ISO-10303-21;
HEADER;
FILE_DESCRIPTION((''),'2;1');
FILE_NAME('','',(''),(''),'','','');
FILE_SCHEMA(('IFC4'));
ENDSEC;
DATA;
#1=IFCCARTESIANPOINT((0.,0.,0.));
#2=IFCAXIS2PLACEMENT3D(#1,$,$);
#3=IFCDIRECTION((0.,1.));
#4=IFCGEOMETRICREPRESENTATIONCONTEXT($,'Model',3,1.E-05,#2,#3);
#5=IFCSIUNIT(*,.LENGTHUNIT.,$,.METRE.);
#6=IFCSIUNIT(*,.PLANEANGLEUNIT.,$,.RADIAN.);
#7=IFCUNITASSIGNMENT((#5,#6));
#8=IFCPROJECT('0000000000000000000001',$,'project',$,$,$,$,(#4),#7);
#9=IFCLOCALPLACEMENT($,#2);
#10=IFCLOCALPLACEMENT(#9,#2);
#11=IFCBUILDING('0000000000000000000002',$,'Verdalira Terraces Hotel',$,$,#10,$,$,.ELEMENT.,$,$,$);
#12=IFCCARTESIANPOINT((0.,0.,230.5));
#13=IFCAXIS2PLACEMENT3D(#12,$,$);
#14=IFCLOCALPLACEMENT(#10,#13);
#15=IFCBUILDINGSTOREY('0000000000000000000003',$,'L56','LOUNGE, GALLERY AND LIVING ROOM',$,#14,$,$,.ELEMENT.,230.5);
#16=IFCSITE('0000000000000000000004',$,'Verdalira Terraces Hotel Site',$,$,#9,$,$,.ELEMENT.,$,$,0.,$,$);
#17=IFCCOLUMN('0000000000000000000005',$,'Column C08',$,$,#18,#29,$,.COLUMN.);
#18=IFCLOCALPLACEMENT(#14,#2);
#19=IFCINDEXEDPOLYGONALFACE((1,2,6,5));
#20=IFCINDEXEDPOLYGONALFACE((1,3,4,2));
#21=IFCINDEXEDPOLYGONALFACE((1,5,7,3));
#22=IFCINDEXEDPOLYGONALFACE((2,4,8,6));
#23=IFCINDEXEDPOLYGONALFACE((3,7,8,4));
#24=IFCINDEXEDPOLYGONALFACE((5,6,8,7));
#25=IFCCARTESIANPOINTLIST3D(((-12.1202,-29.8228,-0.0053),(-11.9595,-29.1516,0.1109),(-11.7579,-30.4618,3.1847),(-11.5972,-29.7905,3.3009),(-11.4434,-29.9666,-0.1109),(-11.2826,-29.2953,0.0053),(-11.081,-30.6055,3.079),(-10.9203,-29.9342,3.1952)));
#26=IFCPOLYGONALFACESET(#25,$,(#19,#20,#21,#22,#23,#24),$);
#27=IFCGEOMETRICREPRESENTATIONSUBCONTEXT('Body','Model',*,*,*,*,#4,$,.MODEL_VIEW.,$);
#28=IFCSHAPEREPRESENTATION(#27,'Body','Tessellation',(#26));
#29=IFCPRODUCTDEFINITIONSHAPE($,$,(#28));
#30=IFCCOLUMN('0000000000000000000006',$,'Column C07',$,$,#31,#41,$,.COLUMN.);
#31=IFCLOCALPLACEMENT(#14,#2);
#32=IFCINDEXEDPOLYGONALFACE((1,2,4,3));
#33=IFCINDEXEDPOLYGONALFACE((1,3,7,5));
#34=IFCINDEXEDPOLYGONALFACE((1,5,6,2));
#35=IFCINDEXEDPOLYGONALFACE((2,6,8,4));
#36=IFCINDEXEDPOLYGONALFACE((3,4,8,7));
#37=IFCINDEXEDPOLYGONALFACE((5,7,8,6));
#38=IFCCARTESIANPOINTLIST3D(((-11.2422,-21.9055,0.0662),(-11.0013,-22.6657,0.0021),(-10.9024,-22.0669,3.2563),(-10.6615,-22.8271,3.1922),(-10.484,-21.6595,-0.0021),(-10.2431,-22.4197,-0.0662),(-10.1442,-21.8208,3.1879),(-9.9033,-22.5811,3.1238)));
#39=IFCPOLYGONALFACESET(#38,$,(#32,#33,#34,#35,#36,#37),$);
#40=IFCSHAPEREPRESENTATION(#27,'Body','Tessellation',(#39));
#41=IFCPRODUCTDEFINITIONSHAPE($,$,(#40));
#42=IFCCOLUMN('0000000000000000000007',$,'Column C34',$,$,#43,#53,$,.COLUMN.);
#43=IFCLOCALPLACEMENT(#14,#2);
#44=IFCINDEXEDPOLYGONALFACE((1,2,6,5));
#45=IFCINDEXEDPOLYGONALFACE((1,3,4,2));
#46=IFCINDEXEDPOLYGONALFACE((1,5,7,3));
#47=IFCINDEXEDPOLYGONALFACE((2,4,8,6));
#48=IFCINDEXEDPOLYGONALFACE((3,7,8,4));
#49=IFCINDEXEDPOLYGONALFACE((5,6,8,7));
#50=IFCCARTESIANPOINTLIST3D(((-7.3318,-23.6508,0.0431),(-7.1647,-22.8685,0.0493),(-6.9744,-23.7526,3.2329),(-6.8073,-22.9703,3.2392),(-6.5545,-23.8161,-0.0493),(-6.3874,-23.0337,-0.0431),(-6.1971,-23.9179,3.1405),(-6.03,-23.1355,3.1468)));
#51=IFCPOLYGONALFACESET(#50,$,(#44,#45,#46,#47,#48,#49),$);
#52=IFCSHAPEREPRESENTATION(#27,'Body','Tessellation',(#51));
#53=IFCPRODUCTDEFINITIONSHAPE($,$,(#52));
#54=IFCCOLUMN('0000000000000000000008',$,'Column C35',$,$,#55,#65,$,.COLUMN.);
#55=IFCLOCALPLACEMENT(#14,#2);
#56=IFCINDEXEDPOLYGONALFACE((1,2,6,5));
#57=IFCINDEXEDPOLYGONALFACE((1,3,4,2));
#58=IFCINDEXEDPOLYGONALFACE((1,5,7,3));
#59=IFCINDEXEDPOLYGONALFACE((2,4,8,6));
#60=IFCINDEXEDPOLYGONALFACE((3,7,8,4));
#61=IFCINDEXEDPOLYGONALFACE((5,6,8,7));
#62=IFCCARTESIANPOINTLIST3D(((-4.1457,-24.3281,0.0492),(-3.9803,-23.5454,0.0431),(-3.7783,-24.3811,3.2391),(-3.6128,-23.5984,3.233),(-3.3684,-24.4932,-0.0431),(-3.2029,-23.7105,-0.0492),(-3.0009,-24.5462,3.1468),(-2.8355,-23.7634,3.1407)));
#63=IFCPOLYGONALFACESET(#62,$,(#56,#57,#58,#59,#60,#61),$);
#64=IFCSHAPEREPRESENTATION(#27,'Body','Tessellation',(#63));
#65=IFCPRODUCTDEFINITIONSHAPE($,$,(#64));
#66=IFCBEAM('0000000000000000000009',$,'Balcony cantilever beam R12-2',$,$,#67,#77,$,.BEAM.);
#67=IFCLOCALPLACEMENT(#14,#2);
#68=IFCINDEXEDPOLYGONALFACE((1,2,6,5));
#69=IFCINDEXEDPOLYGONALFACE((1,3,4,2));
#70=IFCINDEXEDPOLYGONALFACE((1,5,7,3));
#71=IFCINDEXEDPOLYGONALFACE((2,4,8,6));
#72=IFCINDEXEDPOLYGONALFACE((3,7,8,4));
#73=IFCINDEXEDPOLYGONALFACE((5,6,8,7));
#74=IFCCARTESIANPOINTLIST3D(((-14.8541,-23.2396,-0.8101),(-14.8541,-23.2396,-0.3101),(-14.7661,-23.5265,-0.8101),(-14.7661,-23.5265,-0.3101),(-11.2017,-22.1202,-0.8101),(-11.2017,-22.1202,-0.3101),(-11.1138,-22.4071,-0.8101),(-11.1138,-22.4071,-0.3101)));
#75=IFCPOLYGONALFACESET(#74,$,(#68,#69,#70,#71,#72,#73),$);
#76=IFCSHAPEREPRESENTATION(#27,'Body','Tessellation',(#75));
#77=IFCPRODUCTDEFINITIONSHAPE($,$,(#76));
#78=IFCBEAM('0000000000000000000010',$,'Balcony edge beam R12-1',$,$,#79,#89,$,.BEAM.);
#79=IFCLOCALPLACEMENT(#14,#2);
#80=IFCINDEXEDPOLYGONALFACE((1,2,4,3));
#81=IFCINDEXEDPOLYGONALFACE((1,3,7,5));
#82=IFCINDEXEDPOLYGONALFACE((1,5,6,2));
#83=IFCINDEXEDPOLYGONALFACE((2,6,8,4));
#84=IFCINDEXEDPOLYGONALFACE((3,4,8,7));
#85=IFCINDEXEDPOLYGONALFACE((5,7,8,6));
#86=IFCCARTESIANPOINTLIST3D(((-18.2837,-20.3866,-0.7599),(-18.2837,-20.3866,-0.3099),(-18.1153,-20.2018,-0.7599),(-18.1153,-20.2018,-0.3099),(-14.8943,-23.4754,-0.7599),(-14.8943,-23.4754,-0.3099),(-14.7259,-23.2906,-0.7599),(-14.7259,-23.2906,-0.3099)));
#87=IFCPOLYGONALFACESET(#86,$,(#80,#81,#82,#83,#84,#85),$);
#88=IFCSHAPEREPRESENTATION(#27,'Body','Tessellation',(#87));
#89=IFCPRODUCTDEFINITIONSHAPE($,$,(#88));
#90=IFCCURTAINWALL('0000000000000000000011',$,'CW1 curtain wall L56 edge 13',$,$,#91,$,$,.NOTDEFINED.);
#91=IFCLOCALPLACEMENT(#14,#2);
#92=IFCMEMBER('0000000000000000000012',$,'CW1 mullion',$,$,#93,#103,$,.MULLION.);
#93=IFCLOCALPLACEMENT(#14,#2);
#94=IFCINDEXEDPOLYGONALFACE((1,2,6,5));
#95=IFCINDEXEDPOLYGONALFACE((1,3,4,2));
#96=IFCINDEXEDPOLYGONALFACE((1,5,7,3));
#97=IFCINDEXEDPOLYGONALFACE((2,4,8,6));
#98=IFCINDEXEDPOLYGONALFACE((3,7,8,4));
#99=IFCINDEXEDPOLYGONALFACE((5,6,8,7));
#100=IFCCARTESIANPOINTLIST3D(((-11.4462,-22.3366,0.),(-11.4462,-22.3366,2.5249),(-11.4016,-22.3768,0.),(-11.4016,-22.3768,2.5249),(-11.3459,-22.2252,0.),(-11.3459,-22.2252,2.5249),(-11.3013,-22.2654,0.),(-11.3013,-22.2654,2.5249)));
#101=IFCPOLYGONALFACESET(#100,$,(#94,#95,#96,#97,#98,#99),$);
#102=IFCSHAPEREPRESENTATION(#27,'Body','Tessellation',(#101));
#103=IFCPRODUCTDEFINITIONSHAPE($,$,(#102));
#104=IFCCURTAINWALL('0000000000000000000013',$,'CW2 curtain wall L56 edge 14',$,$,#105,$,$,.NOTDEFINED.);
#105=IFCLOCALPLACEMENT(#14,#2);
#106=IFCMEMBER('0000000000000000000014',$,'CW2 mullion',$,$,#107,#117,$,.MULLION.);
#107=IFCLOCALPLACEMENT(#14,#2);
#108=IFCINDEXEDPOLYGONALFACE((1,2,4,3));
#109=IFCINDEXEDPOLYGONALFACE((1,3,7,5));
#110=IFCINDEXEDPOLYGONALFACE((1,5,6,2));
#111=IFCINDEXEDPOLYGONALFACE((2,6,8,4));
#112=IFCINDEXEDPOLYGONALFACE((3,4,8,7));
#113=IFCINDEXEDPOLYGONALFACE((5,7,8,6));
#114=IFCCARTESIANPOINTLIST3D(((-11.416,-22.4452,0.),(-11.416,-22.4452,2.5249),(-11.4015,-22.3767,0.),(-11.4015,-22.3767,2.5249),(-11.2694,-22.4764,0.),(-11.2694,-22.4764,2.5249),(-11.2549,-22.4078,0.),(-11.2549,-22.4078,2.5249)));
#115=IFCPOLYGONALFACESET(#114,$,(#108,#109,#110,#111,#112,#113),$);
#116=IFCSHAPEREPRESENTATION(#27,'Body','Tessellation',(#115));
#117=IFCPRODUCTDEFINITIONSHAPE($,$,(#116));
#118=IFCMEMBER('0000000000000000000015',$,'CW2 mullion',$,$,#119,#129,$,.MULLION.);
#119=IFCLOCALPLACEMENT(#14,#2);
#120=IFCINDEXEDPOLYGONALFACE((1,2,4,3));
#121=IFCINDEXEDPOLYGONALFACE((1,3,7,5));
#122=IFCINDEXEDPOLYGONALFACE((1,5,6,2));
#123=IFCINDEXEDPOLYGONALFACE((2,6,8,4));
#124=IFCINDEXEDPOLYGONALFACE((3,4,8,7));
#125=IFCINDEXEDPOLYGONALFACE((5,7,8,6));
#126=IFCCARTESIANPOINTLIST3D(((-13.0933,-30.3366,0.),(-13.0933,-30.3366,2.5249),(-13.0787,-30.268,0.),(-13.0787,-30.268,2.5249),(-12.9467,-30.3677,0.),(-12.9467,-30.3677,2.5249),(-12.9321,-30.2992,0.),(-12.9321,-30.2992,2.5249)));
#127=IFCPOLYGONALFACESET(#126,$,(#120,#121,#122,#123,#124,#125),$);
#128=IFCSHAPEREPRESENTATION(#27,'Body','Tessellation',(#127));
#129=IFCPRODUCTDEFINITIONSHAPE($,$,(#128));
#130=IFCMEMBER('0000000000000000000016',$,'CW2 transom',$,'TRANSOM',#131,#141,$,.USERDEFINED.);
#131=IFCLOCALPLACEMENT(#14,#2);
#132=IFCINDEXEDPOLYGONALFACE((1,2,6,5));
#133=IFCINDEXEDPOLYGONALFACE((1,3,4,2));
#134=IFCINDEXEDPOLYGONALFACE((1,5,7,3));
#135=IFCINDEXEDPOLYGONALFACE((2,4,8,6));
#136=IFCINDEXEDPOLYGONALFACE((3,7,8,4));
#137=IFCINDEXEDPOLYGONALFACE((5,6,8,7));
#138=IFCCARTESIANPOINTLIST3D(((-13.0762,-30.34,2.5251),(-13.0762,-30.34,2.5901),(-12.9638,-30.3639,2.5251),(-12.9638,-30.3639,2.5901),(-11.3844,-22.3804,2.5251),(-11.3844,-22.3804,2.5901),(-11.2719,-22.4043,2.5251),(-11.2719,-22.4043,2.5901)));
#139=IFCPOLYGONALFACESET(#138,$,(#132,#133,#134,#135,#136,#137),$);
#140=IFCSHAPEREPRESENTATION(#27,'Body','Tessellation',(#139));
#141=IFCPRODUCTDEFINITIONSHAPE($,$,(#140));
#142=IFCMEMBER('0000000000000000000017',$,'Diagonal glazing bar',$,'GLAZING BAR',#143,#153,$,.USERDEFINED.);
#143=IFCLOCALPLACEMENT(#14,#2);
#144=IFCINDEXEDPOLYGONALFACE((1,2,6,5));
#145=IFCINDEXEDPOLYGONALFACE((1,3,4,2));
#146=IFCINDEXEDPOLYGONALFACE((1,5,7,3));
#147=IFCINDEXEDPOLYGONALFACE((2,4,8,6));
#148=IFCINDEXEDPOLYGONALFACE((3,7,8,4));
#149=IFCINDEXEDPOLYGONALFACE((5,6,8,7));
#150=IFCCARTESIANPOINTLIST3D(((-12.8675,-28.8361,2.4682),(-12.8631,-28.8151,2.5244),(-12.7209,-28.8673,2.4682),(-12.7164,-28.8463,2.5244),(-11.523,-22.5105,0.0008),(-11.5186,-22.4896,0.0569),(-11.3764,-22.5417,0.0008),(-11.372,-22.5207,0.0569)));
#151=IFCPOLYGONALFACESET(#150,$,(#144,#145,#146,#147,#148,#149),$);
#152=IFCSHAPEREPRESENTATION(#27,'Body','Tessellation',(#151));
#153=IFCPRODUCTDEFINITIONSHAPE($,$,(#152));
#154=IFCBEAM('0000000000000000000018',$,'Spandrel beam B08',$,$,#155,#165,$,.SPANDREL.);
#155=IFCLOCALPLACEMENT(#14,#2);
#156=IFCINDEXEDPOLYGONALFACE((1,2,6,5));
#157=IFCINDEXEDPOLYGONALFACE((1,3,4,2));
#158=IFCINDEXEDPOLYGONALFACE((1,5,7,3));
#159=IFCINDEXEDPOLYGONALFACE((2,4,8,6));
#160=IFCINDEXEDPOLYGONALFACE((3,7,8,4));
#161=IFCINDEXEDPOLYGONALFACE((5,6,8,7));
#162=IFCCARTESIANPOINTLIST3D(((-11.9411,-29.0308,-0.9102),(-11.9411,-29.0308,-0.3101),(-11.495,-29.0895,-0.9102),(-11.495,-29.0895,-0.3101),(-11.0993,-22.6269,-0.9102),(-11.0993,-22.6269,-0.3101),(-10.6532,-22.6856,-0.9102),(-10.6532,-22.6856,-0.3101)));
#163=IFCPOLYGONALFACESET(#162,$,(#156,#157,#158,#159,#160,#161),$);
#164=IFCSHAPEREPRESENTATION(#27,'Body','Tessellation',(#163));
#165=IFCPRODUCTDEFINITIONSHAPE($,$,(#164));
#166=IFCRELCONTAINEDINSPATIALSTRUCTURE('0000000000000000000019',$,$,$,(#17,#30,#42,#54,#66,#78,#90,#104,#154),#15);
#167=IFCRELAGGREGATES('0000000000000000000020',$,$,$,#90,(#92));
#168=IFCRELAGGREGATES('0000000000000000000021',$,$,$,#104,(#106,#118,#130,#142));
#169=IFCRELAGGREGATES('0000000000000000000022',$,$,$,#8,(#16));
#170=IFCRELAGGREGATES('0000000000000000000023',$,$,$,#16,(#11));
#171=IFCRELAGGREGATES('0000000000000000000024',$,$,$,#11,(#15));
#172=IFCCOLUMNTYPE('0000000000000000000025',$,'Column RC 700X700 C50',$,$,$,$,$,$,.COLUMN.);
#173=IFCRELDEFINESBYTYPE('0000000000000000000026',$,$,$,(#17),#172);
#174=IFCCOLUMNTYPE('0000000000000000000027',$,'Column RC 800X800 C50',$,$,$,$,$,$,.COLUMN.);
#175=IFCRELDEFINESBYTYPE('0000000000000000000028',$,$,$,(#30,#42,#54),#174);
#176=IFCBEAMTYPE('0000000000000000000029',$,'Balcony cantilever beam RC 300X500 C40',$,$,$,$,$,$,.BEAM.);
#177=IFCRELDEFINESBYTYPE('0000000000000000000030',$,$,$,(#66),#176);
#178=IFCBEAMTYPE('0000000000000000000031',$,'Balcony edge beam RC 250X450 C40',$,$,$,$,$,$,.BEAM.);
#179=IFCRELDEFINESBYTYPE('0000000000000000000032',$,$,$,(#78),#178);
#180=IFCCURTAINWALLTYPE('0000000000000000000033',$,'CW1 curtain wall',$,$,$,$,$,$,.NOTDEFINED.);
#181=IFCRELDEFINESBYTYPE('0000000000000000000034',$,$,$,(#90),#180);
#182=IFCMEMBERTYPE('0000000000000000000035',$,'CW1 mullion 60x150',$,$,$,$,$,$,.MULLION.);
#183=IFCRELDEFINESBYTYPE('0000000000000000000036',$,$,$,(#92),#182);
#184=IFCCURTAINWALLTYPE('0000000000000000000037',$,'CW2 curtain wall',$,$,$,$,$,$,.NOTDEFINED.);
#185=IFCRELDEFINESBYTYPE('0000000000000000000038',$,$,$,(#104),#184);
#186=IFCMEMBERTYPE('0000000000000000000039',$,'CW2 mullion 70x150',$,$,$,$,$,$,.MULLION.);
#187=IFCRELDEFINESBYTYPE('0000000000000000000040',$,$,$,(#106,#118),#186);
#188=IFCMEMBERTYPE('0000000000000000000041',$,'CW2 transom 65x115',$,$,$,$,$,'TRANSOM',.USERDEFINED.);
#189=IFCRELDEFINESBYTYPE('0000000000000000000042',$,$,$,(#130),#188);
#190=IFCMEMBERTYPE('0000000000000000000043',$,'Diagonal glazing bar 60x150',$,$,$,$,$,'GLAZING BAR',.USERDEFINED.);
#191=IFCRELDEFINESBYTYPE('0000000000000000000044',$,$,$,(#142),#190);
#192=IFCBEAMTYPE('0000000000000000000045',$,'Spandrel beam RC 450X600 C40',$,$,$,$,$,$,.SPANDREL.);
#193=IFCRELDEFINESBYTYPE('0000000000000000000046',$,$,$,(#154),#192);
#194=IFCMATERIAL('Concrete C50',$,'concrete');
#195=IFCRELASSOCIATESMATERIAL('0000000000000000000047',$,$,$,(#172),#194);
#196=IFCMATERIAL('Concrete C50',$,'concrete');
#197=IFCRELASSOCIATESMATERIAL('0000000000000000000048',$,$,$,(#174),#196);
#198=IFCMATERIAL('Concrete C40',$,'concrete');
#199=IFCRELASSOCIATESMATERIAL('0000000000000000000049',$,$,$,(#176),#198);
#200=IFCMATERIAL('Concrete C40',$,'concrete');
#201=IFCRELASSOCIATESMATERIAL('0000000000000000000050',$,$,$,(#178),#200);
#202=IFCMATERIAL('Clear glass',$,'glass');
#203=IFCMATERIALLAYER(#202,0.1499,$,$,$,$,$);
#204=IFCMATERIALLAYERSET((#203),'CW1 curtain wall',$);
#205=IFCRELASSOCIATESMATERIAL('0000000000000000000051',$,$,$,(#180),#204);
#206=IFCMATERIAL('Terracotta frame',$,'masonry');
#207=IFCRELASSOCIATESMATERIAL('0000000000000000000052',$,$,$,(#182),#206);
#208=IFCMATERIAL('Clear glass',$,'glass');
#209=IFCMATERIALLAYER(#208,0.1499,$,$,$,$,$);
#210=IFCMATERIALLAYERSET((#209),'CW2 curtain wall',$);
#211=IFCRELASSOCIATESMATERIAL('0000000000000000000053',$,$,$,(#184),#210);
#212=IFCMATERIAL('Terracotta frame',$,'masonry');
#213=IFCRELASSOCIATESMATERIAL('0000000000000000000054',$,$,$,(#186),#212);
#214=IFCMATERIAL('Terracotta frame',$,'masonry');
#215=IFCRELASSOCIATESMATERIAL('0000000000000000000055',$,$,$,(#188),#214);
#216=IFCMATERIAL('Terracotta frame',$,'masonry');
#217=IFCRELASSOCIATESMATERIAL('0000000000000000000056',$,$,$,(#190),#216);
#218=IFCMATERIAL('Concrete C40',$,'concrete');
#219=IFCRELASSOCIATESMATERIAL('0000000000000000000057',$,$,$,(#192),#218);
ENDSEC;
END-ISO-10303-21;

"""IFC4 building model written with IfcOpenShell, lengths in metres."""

from ifc_helpers import new_model, si_unit, direction, frame, origin, origin_2d, place, context, subcontext, project, spatial, rectangle, extrude, material, layer, layer_set, material_profile, profile_set, type_object, element, aggregate, save


model = new_model("IFC4")

# Units and contexts
model_context = context("Model", 3, precision=1e-05, world=origin(), true_north=direction((0.0, 1.0)))
body_context = subcontext(model_context, "Body", "Model", "MODEL_VIEW")
ifc_project = project(units=[si_unit("LENGTHUNIT", "METRE"), si_unit("PLANEANGLEUNIT", "RADIAN")], contexts=[model_context])

# Site, building, storey
site_placement = place(None, origin())
site = spatial("IfcSite", under=ifc_project, at=site_placement, Name="Verdalira Terraces Hotel Site", CompositionType="ELEMENT", RefElevation=0.0)
building_placement = place(site_placement, origin())
building = spatial("IfcBuilding", under=site, at=building_placement, Name="Verdalira Terraces Hotel", CompositionType="ELEMENT")
storey_placement = place(building_placement, frame((0.0, 0.0, 230.5)))
storey = spatial("IfcBuildingStorey", under=building, at=storey_placement, Name="L56", Description="LOUNGE, GALLERY AND LIVING ROOM", CompositionType="ELEMENT", Elevation=230.5)

# Columns
ifc_material_1 = material(Name="Concrete C50", Category="concrete")
ifc_material_profile_1 = material_profile(ifc_material_1, rectangle(XDim=0.7, YDim=0.7, at=origin_2d()), Name="RC 700X700")
ifc_profile_set_1 = profile_set([ifc_material_profile_1], Name="Concrete C50")
column_type_1 = type_object("IfcColumnType", Name="Column RC 700X700 C50", PredefinedType="COLUMN", material=ifc_profile_set_1)
column_1_placement = place(storey_placement, frame((-11.7014, -29.5591, 0.0), z_axis=(0.110681, -0.195184, 0.974501), x_axis=(-0.229596, -0.959024, -0.166007)))
element("IfcColumn", 1, at=column_1_placement, inside=storey, type_object=column_type_1, Name="Column C08", PredefinedType="COLUMN", context=body_context, shape_type="SweptSolid", body=[
    extrude(rectangle(XDim=0.7, YDim=0.7, at=origin_2d()), origin(), (0.0, 0.0, 1.0), 3.2734),
])
ifc_material_2 = material(Name="Concrete C50", Category="concrete")
ifc_material_profile_2 = material_profile(ifc_material_2, rectangle(XDim=0.8, YDim=0.8, at=origin_2d()), Name="RC 800X800")
ifc_profile_set_2 = profile_set([ifc_material_profile_2], Name="Concrete C50")
column_type_2 = type_object("IfcColumnType", Name="Column RC 800X800 C50", PredefinedType="COLUMN", material=ifc_profile_set_2)
column_2_placement = place(storey_placement, frame((-10.7427, -22.1626, 0.0), z_axis=(0.105803, -0.050241, 0.993117), x_axis=(-0.30114, 0.950205, 0.080152)))
element("IfcColumn", 2, at=column_2_placement, inside=storey, type_object=column_type_2, Name="Column C07", PredefinedType="COLUMN", context=body_context, shape_type="SweptSolid", body=[
    extrude(rectangle(XDim=0.8, YDim=0.8, at=origin_2d()), origin(), (0.0, 0.0, 1.0), 3.2122),
])
for number, where, z_axis, x_axis, name in (
    (3, (-6.8596, -23.3423, 0.0), (0.111294, -0.0317, 0.993282), (-0.208839, -0.977919, -0.007811), "Column C34"),
    (4, (-3.6743, -24.0193, 0.0), (0.114412, -0.016497, 0.993296), (-0.206835, -0.978347, 0.007576), "Column C35"),
):
    element("IfcColumn", number, at=place(storey_placement, frame(where, z_axis=z_axis, x_axis=x_axis)), inside=storey, type_object=column_type_2, Name=name, PredefinedType="COLUMN", context=body_context, shape_type="SweptSolid", body=[
        extrude(rectangle(XDim=0.8, YDim=0.8, at=origin_2d()), origin(), (0.0, 0.0, 1.0), 3.2114),
    ])

# Beams
ifc_material_3 = material(Name="Concrete C40", Category="concrete")
ifc_material_profile_3 = material_profile(ifc_material_3, rectangle(XDim=0.3, YDim=0.5, at=origin_2d()), Name="RC 300X500")
ifc_profile_set_3 = profile_set([ifc_material_profile_3], Name="Concrete C40")
beam_type_1 = type_object("IfcBeamType", Name="Balcony cantilever beam RC 300X500 C40", PredefinedType="BEAM", material=ifc_profile_set_3)
beam_1_placement = place(storey_placement, frame((-11.1577, -22.2637, -0.5601), z_axis=(-0.956103, -0.29303, 0.0), x_axis=(0.29303, -0.956103, 0.0)))
element("IfcBeam", 5, at=beam_1_placement, inside=storey, type_object=beam_type_1, Name="Balcony cantilever beam R12-2", PredefinedType="BEAM", context=body_context, shape_type="SweptSolid", body=[
    extrude(rectangle(XDim=0.3, YDim=0.5, at=origin_2d()), origin(), (0.0, 0.0, 1.0), 3.8201),
])
ifc_material_4 = material(Name="Concrete C40", Category="concrete")
ifc_material_profile_4 = material_profile(ifc_material_4, rectangle(XDim=0.25, YDim=0.45, at=origin_2d()), Name="RC 250X450")
ifc_profile_set_4 = profile_set([ifc_material_profile_4], Name="Concrete C40")
beam_type_2 = type_object("IfcBeamType", Name="Balcony edge beam RC 250X450 C40", PredefinedType="BEAM", material=ifc_profile_set_4)
beam_2_placement = place(storey_placement, frame((-18.1995, -20.2942, -0.5349), z_axis=(0.739116, -0.673579, 0.0), x_axis=(0.673579, 0.739116, 0.0)))
element("IfcBeam", 6, at=beam_2_placement, inside=storey, type_object=beam_type_2, Name="Balcony edge beam R12-1", PredefinedType="BEAM", context=body_context, shape_type="SweptSolid", body=[
    extrude(rectangle(XDim=0.25, YDim=0.45, at=origin_2d()), origin(), (0.0, 0.0, 1.0), 4.5857),
])

# Curtain wall, member
ifc_material_5 = material(Name="Clear glass", Category="glass")
ifc_layer_1 = layer(ifc_material_5, 0.1499)
ifc_layer_set_1 = layer_set([ifc_layer_1], Name="CW1 curtain wall")
curtain_wall_type_1 = type_object("IfcCurtainWallType", Name="CW1 curtain wall", PredefinedType="NOTDEFINED", material=ifc_layer_set_1)
curtain_wall_1_placement = place(storey_placement, origin())
curtain_wall_1 = element("IfcCurtainWall", 7, at=curtain_wall_1_placement, inside=storey, type_object=curtain_wall_type_1, Name="CW1 curtain wall L56 edge 13", PredefinedType="NOTDEFINED")
ifc_material_6 = material(Name="Terracotta frame", Category="masonry")
ifc_material_profile_5 = material_profile(ifc_material_6, rectangle(XDim=0.0601, YDim=0.1499, at=origin_2d()), Name="MU 60x150")
ifc_profile_set_5 = profile_set([ifc_material_profile_5], Name="Terracotta frame")
member_type_1 = type_object("IfcMemberType", Name="CW1 mullion 60x150", PredefinedType="MULLION", material=ifc_profile_set_5)
member_1_placement = place(storey_placement, frame((-11.3738, -22.301, 0.0), z_axis=(0.0, 0.0, 1.0), x_axis=(0.743145, -0.669131, 0.0)))
member_1 = element("IfcMember", 8, at=member_1_placement, type_object=member_type_1, Name="CW1 mullion", PredefinedType="MULLION", context=body_context, shape_type="SweptSolid", body=[
    extrude(rectangle(XDim=0.0601, YDim=0.1499, at=origin_2d()), origin(), (0.0, 0.0, 1.0), 2.5249),
])

# Curtain wall, members
ifc_material_7 = material(Name="Clear glass", Category="glass")
ifc_layer_2 = layer(ifc_material_7, 0.1499)
ifc_layer_set_2 = layer_set([ifc_layer_2], Name="CW2 curtain wall")
curtain_wall_type_2 = type_object("IfcCurtainWallType", Name="CW2 curtain wall", PredefinedType="NOTDEFINED", material=ifc_layer_set_2)
curtain_wall_2_placement = place(storey_placement, origin())
curtain_wall_2 = element("IfcCurtainWall", 9, at=curtain_wall_2_placement, inside=storey, type_object=curtain_wall_type_2, Name="CW2 curtain wall L56 edge 14", PredefinedType="NOTDEFINED")
ifc_material_8 = material(Name="Terracotta frame", Category="masonry")
ifc_material_profile_6 = material_profile(ifc_material_8, rectangle(XDim=0.0701, YDim=0.1499, at=origin_2d()), Name="MU 70x150")
ifc_profile_set_6 = profile_set([ifc_material_profile_6], Name="Terracotta frame")
member_type_2 = type_object("IfcMemberType", Name="CW2 mullion 70x150", PredefinedType="MULLION", material=ifc_profile_set_6)
member_2_placement = place(storey_placement, frame((-11.3354, -22.4265, 0.0), z_axis=(0.0, 0.0, 1.0), x_axis=(-0.207912, -0.978148, 0.0)))
member_2 = element("IfcMember", 10, at=member_2_placement, type_object=member_type_2, Name="CW2 mullion", PredefinedType="MULLION", context=body_context, shape_type="SweptSolid", body=[
    extrude(rectangle(XDim=0.0701, YDim=0.1499, at=origin_2d()), origin(), (0.0, 0.0, 1.0), 2.5249),
])
member_3_placement = place(storey_placement, frame((-13.0127, -30.3179, 0.0), z_axis=(0.0, 0.0, 1.0), x_axis=(-0.207912, -0.978148, 0.0)))
member_3 = element("IfcMember", 11, at=member_3_placement, type_object=member_type_2, Name="CW2 mullion", PredefinedType="MULLION", context=body_context, shape_type="SweptSolid", body=[
    extrude(rectangle(XDim=0.0701, YDim=0.1499, at=origin_2d()), origin(), (0.0, 0.0, 1.0), 2.5249),
])
ifc_material_9 = material(Name="Terracotta frame", Category="masonry")
ifc_material_profile_7 = material_profile(ifc_material_9, rectangle(XDim=0.115, YDim=0.0649, at=origin_2d()), Name="TR 65x115")
ifc_profile_set_7 = profile_set([ifc_material_profile_7], Name="Terracotta frame")
member_type_3 = type_object("IfcMemberType", Name="CW2 transom 65x115", ElementType="TRANSOM", PredefinedType="USERDEFINED", material=ifc_profile_set_7)
member_4_placement = place(storey_placement, frame((-11.3281, -22.3923, 2.5576), z_axis=(-0.207912, -0.978147, 0.0), x_axis=(0.978147, -0.207912, 0.0)))
member_4 = element("IfcMember", 12, at=member_4_placement, type_object=member_type_3, Name="CW2 transom", ObjectType="TRANSOM", PredefinedType="USERDEFINED", context=body_context, shape_type="SweptSolid", body=[
    extrude(rectangle(XDim=0.115, YDim=0.0649, at=origin_2d()), origin(), (0.0, 0.0, 1.0), 8.1375),
])
ifc_material_10 = material(Name="Terracotta frame", Category="masonry")
ifc_material_profile_8 = material_profile(ifc_material_10, rectangle(XDim=0.1499, YDim=0.0601, at=origin_2d()), Name="GB 60x150")
ifc_profile_set_8 = profile_set([ifc_material_profile_8], Name="Terracotta frame")
member_type_4 = type_object("IfcMemberType", Name="Diagonal glazing bar 60x150", ElementType="GLAZING BAR", PredefinedType="USERDEFINED", material=ifc_profile_set_8)
member_5_placement = place(storey_placement, frame((-11.4475, -22.5156, 0.0288), z_axis=(-0.19424, -0.913885, 0.356489), x_axis=(0.97815, -0.207899, 0.0)))
member_5 = element("IfcMember", 13, at=member_5_placement, type_object=member_type_4, Name="Diagonal glazing bar", ObjectType="GLAZING BAR", PredefinedType="USERDEFINED", context=body_context, shape_type="SweptSolid", body=[
    extrude(rectangle(XDim=0.1499, YDim=0.0601, at=origin_2d()), origin(), (0.0, 0.0, 1.0), 6.9216),
])

# Beam
ifc_material_11 = material(Name="Concrete C40", Category="concrete")
ifc_material_profile_9 = material_profile(ifc_material_11, rectangle(XDim=0.45, YDim=0.6001, at=origin_2d()), Name="RC 450X600")
ifc_profile_set_9 = profile_set([ifc_material_profile_9], Name="Concrete C40")
beam_type_3 = type_object("IfcBeamType", Name="Spandrel beam RC 450X600 C40", PredefinedType="SPANDREL", material=ifc_profile_set_9)
beam_3_placement = place(storey_placement, frame((-10.8762, -22.6562, -0.6101), z_axis=(-0.130331, -0.99147, 0.0), x_axis=(0.99147, -0.130331, 0.0)))
element("IfcBeam", 14, at=beam_3_placement, inside=storey, type_object=beam_type_3, Name="Spandrel beam B08", PredefinedType="SPANDREL", context=body_context, shape_type="SweptSolid", body=[
    extrude(rectangle(XDim=0.45, YDim=0.6001, at=origin_2d()), origin(), (0.0, 0.0, 1.0), 6.459),
])

aggregate(curtain_wall_1, [member_1])
aggregate(curtain_wall_2, [member_2, member_3, member_4, member_5])

save(model, "model.ifc")
